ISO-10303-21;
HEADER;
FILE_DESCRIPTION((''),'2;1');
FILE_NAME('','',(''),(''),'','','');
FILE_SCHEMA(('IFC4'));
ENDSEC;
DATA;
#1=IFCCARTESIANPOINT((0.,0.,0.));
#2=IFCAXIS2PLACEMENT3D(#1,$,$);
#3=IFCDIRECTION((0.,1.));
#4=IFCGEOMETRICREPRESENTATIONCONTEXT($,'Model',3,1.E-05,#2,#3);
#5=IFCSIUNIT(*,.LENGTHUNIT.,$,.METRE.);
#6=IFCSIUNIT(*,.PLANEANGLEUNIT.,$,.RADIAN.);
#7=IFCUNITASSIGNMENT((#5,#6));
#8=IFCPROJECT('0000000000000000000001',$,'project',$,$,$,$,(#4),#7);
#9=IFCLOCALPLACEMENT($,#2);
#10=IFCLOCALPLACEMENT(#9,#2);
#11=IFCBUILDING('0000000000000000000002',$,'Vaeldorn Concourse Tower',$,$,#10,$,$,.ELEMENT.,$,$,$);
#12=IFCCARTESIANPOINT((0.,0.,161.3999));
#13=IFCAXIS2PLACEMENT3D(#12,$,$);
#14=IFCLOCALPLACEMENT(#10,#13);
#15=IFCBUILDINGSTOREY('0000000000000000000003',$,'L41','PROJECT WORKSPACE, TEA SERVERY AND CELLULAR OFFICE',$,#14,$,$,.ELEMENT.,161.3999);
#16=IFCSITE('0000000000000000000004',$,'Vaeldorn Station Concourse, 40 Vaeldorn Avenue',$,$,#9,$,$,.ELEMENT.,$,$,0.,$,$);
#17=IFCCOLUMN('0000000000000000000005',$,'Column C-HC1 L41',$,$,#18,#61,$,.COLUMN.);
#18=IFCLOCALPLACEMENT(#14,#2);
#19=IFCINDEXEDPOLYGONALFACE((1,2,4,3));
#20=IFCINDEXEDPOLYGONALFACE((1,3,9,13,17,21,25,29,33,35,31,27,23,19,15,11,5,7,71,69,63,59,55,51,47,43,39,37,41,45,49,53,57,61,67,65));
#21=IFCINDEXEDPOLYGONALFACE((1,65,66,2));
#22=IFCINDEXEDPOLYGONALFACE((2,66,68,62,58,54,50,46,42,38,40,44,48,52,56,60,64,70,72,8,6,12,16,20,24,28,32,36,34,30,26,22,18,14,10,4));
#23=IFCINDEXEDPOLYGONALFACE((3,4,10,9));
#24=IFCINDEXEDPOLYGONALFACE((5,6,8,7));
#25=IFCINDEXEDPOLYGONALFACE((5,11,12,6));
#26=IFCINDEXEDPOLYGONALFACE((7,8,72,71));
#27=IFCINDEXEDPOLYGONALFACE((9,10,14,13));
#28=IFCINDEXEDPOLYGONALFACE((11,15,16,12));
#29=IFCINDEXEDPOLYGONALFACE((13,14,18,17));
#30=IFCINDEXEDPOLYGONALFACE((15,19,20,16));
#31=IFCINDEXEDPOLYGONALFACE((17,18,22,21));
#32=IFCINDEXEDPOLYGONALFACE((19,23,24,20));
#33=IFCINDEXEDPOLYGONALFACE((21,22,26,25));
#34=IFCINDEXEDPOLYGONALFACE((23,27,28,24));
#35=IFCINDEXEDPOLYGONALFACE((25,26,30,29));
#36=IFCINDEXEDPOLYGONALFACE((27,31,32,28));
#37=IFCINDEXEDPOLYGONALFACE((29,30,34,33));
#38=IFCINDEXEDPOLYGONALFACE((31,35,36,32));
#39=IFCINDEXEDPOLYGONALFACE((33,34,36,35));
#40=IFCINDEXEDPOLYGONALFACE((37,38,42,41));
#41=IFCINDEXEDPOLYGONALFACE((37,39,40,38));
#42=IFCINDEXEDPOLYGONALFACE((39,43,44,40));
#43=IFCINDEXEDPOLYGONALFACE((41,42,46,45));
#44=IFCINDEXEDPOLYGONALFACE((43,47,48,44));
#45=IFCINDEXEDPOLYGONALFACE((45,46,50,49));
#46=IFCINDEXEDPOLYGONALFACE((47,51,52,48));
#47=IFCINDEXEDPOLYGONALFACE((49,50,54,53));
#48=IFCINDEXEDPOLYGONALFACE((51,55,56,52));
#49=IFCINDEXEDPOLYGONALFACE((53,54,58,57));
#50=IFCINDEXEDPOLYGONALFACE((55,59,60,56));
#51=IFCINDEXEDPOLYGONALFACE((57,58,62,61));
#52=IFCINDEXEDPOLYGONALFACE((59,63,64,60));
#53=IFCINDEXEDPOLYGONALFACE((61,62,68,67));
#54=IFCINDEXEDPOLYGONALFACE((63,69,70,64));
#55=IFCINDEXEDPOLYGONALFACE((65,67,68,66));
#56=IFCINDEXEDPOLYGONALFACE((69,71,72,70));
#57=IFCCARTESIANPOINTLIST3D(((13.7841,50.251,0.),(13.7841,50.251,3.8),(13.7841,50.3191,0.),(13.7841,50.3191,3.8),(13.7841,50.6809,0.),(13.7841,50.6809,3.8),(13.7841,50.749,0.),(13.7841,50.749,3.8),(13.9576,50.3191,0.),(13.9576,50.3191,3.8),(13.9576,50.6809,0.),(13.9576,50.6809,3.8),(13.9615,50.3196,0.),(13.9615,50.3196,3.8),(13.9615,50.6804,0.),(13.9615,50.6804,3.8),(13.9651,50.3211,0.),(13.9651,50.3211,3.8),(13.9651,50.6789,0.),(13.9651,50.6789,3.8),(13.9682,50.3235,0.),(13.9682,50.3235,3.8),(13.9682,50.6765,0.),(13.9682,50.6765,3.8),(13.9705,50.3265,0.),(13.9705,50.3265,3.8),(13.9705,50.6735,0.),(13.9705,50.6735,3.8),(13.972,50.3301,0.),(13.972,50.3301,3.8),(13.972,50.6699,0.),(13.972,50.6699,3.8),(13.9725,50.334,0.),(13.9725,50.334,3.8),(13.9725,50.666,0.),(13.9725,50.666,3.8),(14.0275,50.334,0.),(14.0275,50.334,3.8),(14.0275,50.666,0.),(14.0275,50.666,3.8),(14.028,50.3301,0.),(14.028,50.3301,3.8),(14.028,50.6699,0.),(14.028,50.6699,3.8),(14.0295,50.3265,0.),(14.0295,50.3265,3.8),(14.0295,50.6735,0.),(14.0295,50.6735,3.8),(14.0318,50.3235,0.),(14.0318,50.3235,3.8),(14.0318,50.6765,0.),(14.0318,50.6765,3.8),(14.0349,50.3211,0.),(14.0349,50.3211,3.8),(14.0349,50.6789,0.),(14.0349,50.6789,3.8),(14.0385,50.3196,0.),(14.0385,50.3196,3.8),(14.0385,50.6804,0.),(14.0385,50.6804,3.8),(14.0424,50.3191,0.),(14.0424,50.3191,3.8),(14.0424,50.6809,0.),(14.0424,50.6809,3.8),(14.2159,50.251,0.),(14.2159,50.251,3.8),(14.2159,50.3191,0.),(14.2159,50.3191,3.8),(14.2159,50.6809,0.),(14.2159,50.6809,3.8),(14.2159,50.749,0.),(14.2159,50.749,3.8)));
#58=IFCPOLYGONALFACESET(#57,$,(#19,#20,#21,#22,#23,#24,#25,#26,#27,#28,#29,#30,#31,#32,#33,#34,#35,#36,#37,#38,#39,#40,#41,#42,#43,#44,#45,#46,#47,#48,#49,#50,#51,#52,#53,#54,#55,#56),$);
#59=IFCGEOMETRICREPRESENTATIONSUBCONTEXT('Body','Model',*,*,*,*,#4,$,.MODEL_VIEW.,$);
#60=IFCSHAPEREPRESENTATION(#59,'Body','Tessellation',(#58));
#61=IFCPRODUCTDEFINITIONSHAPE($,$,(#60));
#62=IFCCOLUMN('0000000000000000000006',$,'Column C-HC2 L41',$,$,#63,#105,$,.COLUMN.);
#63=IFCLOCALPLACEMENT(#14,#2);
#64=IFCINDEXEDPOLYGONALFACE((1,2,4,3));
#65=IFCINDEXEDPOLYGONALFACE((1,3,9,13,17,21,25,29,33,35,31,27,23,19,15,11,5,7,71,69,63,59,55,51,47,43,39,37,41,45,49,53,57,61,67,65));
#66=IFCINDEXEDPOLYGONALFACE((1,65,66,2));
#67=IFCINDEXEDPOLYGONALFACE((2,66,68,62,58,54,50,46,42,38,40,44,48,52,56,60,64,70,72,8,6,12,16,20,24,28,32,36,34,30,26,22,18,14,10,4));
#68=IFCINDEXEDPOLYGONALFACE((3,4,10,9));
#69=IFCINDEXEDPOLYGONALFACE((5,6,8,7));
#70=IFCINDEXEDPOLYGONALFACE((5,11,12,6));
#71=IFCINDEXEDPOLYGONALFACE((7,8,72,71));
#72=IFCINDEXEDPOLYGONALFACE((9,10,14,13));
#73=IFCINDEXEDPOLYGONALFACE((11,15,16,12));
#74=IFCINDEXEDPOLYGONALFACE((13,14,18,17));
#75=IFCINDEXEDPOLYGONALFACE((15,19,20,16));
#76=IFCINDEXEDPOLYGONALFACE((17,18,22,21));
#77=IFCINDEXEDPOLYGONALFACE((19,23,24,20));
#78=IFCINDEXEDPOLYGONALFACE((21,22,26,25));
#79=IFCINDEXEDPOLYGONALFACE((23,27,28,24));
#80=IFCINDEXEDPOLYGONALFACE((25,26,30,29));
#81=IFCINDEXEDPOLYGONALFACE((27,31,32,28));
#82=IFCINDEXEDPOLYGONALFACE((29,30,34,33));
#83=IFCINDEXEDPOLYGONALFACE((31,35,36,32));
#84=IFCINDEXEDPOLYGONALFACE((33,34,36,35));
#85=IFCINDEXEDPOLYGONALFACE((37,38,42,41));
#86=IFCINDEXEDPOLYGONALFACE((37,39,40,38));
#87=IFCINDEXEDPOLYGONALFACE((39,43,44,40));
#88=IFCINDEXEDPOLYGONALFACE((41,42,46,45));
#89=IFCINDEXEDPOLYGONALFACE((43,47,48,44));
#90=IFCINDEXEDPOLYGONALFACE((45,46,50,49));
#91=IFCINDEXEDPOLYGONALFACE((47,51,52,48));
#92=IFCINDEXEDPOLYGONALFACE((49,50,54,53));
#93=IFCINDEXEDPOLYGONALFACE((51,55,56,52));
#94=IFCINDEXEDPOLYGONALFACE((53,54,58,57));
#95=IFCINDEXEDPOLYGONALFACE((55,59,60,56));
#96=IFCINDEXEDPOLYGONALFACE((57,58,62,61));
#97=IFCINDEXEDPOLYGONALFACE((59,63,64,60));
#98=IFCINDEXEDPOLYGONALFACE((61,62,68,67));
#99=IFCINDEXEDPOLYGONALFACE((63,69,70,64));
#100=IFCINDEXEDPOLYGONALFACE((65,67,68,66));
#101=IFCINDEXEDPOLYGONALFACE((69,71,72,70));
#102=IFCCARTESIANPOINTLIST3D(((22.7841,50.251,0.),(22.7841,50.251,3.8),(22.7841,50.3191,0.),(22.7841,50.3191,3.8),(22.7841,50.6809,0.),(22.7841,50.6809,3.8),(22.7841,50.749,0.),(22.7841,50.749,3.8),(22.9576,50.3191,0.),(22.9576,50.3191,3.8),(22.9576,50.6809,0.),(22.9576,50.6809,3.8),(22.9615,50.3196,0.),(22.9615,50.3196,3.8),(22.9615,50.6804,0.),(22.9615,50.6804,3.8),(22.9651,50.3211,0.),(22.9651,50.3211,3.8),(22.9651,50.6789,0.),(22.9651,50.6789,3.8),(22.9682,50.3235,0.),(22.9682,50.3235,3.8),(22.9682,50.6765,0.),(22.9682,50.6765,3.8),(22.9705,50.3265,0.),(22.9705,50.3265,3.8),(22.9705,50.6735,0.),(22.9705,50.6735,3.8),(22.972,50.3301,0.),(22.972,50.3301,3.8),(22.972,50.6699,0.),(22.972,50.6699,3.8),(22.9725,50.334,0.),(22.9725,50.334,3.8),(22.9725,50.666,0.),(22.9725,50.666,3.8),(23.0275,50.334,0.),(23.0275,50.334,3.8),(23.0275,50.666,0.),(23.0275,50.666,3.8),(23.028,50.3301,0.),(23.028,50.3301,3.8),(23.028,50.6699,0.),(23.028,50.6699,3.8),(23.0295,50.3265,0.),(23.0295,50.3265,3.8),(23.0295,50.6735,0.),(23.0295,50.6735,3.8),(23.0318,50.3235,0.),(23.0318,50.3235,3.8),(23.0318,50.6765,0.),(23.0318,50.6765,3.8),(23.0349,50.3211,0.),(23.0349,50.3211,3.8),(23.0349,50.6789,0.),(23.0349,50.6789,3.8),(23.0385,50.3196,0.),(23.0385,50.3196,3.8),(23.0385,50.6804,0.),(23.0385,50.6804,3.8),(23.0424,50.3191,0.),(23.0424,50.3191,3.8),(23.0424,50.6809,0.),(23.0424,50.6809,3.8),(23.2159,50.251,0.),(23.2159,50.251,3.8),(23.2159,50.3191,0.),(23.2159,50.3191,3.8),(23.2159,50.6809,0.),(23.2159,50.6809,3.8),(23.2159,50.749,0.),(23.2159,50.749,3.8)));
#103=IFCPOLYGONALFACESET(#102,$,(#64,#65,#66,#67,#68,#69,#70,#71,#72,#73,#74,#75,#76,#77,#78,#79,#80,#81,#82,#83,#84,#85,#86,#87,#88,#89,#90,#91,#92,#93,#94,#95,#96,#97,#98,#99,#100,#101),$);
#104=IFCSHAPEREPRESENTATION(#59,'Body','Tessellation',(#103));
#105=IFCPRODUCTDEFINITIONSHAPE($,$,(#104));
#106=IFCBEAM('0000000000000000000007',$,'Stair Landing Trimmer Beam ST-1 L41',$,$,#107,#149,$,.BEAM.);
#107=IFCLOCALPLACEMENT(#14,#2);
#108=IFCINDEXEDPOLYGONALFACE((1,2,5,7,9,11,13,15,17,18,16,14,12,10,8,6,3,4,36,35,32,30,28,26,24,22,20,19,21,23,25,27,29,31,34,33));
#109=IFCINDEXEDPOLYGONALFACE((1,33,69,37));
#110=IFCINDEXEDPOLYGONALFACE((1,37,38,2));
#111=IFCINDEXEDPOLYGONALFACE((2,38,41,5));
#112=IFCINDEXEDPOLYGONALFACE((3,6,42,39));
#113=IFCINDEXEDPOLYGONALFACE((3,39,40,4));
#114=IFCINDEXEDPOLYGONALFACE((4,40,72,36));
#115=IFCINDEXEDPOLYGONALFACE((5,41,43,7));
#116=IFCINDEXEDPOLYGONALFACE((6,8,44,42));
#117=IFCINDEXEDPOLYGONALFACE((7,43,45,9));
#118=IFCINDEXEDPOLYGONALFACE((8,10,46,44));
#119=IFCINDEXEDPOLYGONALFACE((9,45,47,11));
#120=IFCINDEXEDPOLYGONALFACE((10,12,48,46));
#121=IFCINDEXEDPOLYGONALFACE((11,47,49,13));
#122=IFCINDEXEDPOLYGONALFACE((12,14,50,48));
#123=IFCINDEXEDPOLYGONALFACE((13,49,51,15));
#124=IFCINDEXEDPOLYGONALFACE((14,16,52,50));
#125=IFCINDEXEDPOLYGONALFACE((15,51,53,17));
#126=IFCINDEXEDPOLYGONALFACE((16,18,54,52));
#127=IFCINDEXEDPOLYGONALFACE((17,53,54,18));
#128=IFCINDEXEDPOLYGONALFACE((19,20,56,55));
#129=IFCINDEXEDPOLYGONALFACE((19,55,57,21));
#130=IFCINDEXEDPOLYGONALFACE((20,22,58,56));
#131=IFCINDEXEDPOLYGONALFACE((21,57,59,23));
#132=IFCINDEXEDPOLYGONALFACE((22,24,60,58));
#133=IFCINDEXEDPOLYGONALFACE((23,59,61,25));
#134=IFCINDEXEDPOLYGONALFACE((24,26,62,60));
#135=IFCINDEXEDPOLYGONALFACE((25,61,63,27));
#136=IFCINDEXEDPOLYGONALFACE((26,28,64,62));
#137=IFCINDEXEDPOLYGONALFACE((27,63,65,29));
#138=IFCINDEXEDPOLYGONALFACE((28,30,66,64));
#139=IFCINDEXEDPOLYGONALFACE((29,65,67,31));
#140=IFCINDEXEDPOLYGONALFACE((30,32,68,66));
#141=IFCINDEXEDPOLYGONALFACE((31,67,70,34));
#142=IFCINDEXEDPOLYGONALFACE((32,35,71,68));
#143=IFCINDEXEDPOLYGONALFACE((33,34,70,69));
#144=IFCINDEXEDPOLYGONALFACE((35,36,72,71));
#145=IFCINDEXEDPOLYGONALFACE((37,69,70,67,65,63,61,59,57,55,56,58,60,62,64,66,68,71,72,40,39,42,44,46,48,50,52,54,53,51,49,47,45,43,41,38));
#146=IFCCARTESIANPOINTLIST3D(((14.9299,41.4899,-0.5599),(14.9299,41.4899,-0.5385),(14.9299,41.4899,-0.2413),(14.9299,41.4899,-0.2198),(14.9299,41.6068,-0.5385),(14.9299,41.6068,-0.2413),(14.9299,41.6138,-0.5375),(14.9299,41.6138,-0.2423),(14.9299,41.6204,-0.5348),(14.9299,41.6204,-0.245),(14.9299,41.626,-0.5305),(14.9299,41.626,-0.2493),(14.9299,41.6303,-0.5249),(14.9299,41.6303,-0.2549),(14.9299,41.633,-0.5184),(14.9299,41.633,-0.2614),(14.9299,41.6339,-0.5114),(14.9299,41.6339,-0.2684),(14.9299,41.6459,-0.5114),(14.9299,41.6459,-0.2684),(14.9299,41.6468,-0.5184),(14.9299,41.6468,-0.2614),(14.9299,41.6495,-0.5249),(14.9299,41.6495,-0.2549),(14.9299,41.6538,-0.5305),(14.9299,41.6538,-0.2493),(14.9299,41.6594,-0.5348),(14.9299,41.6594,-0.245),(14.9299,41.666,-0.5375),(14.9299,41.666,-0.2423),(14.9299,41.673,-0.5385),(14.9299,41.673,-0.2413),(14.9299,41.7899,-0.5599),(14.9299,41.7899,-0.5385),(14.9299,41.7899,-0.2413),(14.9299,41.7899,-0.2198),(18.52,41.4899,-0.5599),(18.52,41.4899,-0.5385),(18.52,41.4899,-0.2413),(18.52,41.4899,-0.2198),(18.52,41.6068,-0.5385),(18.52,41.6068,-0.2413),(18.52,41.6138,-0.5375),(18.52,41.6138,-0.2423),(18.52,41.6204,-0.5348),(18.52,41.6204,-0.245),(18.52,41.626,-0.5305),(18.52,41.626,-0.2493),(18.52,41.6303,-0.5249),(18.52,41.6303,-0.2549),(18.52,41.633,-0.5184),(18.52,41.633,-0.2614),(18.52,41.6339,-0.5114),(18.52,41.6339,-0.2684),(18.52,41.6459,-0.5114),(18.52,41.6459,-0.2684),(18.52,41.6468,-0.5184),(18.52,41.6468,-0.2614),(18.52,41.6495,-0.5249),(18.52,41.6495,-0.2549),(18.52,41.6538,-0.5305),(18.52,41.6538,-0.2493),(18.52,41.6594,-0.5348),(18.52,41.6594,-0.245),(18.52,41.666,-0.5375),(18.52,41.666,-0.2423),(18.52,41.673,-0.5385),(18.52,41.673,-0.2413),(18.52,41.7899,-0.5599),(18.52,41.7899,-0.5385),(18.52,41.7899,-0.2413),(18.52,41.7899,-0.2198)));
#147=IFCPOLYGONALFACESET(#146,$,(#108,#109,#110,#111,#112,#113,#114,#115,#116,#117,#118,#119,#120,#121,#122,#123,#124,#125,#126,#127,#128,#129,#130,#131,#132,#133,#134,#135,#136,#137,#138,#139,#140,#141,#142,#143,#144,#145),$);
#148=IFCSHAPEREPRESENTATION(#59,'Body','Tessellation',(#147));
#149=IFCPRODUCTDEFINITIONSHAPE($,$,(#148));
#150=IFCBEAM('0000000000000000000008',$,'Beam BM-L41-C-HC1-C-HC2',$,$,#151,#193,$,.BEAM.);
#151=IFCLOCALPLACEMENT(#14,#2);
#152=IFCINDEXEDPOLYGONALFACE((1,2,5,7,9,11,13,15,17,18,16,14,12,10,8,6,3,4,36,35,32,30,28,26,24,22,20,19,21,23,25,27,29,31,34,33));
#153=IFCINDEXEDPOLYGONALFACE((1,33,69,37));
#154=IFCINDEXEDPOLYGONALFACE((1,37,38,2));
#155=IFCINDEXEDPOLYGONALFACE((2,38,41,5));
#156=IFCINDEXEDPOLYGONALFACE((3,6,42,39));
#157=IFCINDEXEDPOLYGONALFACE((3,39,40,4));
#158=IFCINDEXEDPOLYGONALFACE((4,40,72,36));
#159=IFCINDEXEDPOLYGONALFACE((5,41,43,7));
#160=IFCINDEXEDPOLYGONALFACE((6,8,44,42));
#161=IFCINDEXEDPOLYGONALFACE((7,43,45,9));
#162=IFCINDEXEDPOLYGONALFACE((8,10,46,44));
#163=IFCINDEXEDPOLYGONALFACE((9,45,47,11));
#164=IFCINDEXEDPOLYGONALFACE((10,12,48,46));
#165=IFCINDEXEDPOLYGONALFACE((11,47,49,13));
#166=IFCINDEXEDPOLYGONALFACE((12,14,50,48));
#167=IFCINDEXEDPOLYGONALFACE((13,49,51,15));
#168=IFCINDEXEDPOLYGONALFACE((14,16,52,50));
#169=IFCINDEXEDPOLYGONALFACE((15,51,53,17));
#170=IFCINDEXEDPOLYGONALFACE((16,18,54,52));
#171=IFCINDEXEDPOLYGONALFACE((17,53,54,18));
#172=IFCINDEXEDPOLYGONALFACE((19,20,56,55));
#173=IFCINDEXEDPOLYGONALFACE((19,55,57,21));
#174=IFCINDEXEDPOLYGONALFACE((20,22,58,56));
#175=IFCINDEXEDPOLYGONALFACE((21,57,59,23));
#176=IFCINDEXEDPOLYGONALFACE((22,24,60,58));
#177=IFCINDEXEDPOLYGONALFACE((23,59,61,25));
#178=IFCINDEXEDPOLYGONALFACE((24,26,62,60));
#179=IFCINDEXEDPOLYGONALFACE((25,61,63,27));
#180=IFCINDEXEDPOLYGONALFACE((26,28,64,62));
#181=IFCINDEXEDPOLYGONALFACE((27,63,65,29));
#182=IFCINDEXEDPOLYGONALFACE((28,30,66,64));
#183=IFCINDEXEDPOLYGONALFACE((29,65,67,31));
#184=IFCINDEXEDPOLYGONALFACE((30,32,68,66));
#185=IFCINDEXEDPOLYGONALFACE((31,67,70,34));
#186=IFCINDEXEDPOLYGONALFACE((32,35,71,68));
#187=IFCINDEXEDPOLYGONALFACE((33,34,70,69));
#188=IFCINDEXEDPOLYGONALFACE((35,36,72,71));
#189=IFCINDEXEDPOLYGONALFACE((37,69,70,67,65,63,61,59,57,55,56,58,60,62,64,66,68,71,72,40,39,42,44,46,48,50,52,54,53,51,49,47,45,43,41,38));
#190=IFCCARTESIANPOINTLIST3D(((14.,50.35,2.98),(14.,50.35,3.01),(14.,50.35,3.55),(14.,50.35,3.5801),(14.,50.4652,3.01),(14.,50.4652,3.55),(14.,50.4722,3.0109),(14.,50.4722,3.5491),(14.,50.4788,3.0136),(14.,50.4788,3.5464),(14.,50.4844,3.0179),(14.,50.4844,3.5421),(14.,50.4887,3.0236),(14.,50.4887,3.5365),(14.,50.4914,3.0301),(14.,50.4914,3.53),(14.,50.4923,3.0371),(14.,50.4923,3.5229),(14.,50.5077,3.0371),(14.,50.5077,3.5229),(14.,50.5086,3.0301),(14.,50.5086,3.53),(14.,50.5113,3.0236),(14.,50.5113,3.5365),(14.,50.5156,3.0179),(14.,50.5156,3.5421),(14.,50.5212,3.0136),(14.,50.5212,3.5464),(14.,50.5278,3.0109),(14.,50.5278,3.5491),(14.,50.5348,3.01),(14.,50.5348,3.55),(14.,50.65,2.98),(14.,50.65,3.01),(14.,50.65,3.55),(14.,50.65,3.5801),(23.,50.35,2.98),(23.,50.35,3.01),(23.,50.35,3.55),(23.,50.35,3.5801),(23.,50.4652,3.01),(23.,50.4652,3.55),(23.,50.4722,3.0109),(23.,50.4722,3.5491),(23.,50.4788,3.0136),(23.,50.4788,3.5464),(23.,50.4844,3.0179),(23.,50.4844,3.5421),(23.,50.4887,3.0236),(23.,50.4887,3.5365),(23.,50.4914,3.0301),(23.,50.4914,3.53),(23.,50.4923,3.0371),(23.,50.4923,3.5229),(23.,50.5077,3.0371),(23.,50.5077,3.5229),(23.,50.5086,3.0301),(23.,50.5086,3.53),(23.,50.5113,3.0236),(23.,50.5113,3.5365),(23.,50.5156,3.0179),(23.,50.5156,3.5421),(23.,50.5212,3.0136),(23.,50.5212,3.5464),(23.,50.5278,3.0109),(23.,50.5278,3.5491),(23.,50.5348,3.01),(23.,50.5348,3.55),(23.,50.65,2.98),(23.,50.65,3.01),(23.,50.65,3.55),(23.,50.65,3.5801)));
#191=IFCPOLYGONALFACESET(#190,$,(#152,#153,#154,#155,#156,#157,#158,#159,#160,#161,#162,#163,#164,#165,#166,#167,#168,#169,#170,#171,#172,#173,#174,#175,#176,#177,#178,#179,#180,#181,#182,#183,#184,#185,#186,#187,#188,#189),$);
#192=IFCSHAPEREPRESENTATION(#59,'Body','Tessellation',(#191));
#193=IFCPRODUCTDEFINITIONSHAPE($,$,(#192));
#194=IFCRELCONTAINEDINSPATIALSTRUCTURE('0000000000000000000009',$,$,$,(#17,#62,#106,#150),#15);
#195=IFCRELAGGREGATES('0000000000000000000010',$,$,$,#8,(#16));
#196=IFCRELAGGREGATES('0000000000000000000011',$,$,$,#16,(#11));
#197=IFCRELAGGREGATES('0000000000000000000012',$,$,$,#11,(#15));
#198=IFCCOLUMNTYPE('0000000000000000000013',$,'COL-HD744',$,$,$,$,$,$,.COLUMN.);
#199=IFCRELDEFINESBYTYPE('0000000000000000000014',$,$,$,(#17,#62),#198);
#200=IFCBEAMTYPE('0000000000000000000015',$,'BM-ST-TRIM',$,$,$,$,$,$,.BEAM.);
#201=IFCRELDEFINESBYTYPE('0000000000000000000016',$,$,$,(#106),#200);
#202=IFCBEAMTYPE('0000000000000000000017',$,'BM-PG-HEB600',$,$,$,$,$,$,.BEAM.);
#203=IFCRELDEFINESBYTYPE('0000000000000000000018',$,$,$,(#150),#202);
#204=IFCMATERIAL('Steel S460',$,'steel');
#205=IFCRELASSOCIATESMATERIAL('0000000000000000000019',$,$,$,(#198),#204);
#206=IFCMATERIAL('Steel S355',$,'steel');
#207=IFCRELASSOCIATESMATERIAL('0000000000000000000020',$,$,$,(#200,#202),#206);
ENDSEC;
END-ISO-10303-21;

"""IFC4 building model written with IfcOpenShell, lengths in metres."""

from ifc_helpers import new_model, si_unit, direction, frame, origin, origin_2d, place, context, subcontext, project, spatial, i_section, extrude, source, transform, mapped, material, material_profile, profile_set, type_object, element, save


model = new_model("IFC4")

# Units and contexts
model_context = context("Model", 3, precision=1e-05, world=origin(), true_north=direction((0.0, 1.0)))
body_context = subcontext(model_context, "Body", "Model", "MODEL_VIEW")
ifc_project = project(units=[si_unit("LENGTHUNIT", "METRE"), si_unit("PLANEANGLEUNIT", "RADIAN")], contexts=[model_context])

# Site, building, storey
site_placement = place(None, origin())
site = spatial("IfcSite", under=ifc_project, at=site_placement, Name="Vaeldorn Station Concourse, 40 Vaeldorn Avenue", CompositionType="ELEMENT", RefElevation=0.0)
building_placement = place(site_placement, origin())
building = spatial("IfcBuilding", under=site, at=building_placement, Name="Vaeldorn Concourse Tower", CompositionType="ELEMENT")
storey_placement = place(building_placement, frame((0.0, 0.0, 161.3999)))
storey = spatial("IfcBuildingStorey", under=building, at=storey_placement, Name="L41", Description="PROJECT WORKSPACE, TEA SERVERY AND CELLULAR OFFICE", CompositionType="ELEMENT", Elevation=161.3999)

# Columns
ifc_material_1 = material(Name="Steel S460", Category="steel")
ifc_material_profile_1 = material_profile(ifc_material_1, i_section(OverallWidth=0.4319, OverallDepth=0.498, WebThickness=0.0549, FlangeThickness=0.0681, FilletRadius=0.0149, at=origin_2d()), Name="HD 400x744")
ifc_profile_set_1 = profile_set([ifc_material_profile_1], Name="Steel S460")
column_type = type_object("IfcColumnType", Name="COL-HD744", PredefinedType="COLUMN", material=ifc_profile_set_1)
shared_shape_1 = source(origin(), body_context, "Body", "SweptSolid", [
    extrude(i_section(OverallWidth=0.4319, OverallDepth=0.498, WebThickness=0.0549, FlangeThickness=0.0681, FilletRadius=0.0149, at=origin_2d()), origin(), (0.0, 0.0, 1.0), 3.8),
])
for number, where, z_axis, x_axis, name in (
    (1, (14.0, 50.5, 0.0), (0.0, 0.0, 1.0), (1.0, 0.0, 0.0), "Column C-HC1 L41"),
    (2, (23.0, 50.5, 0.0), (0.0, 0.0, 1.0), (1.0, 0.0, 0.0), "Column C-HC2 L41"),
):
    element("IfcColumn", number, at=place(storey_placement, frame(where, z_axis=z_axis, x_axis=x_axis)), inside=storey, type_object=column_type, Name=name, PredefinedType="COLUMN", context=body_context, shape_type="MappedRepresentation", body=[
        mapped(shared_shape_1, transform((0.0, 0.0, 0.0), scale=1.0)),
    ])

# Beams
ifc_material_2 = material(Name="Steel S355", Category="steel")
ifc_material_profile_2 = material_profile(ifc_material_2, i_section(OverallWidth=0.3, OverallDepth=0.3401, WebThickness=0.012, FlangeThickness=0.0215, FilletRadius=0.0271, at=origin_2d()), Name="HEB 340")
ifc_profile_set_2 = profile_set([ifc_material_profile_2], Name="Steel S355")
beam_type_1 = type_object("IfcBeamType", Name="BM-ST-TRIM", PredefinedType="BEAM", material=ifc_profile_set_2)
shared_shape_2 = source(origin(), body_context, "Body", "SweptSolid", [
    extrude(i_section(OverallWidth=0.3, OverallDepth=0.3401, WebThickness=0.012, FlangeThickness=0.0215, FilletRadius=0.0271, at=origin_2d()), origin(), (0.0, 0.0, 1.0), 3.5901),
])
beam_1_placement = place(storey_placement, frame((14.9299, 41.6399, -0.3899), z_axis=(1.0, 0.0, 0.0), x_axis=(0.0, 1.0, 0.0)))
element("IfcBeam", 3, at=beam_1_placement, inside=storey, type_object=beam_type_1, Name="Stair Landing Trimmer Beam ST-1 L41", PredefinedType="BEAM", context=body_context, shape_type="MappedRepresentation", body=[
    mapped(shared_shape_2, transform((0.0, 0.0, 0.0), scale=1.0)),
])
ifc_material_profile_3 = material_profile(ifc_material_2, i_section(OverallWidth=0.3, OverallDepth=0.6001, WebThickness=0.0154, FlangeThickness=0.03, FilletRadius=0.0271, at=origin_2d()), Name="HEB 600")
ifc_profile_set_3 = profile_set([ifc_material_profile_3], Name="Steel S355")
beam_type_2 = type_object("IfcBeamType", Name="BM-PG-HEB600", PredefinedType="BEAM", material=ifc_profile_set_3)
shared_shape_3 = source(origin(), body_context, "Body", "SweptSolid", [
    extrude(i_section(OverallWidth=0.3, OverallDepth=0.6001, WebThickness=0.0154, FlangeThickness=0.03, FilletRadius=0.0271, at=origin_2d()), origin(), (0.0, 0.0, 1.0), 9.0),
])
beam_2_placement = place(storey_placement, frame((14.0, 50.5, 3.28), z_axis=(1.0, 0.0, 0.0), x_axis=(0.0, 1.0, 0.0)))
element("IfcBeam", 4, at=beam_2_placement, inside=storey, type_object=beam_type_2, Name="Beam BM-L41-C-HC1-C-HC2", PredefinedType="BEAM", context=body_context, shape_type="MappedRepresentation", body=[
    mapped(shared_shape_3, transform((0.0, 0.0, 0.0), scale=1.0)),
])

save(model, "model.ifc")
